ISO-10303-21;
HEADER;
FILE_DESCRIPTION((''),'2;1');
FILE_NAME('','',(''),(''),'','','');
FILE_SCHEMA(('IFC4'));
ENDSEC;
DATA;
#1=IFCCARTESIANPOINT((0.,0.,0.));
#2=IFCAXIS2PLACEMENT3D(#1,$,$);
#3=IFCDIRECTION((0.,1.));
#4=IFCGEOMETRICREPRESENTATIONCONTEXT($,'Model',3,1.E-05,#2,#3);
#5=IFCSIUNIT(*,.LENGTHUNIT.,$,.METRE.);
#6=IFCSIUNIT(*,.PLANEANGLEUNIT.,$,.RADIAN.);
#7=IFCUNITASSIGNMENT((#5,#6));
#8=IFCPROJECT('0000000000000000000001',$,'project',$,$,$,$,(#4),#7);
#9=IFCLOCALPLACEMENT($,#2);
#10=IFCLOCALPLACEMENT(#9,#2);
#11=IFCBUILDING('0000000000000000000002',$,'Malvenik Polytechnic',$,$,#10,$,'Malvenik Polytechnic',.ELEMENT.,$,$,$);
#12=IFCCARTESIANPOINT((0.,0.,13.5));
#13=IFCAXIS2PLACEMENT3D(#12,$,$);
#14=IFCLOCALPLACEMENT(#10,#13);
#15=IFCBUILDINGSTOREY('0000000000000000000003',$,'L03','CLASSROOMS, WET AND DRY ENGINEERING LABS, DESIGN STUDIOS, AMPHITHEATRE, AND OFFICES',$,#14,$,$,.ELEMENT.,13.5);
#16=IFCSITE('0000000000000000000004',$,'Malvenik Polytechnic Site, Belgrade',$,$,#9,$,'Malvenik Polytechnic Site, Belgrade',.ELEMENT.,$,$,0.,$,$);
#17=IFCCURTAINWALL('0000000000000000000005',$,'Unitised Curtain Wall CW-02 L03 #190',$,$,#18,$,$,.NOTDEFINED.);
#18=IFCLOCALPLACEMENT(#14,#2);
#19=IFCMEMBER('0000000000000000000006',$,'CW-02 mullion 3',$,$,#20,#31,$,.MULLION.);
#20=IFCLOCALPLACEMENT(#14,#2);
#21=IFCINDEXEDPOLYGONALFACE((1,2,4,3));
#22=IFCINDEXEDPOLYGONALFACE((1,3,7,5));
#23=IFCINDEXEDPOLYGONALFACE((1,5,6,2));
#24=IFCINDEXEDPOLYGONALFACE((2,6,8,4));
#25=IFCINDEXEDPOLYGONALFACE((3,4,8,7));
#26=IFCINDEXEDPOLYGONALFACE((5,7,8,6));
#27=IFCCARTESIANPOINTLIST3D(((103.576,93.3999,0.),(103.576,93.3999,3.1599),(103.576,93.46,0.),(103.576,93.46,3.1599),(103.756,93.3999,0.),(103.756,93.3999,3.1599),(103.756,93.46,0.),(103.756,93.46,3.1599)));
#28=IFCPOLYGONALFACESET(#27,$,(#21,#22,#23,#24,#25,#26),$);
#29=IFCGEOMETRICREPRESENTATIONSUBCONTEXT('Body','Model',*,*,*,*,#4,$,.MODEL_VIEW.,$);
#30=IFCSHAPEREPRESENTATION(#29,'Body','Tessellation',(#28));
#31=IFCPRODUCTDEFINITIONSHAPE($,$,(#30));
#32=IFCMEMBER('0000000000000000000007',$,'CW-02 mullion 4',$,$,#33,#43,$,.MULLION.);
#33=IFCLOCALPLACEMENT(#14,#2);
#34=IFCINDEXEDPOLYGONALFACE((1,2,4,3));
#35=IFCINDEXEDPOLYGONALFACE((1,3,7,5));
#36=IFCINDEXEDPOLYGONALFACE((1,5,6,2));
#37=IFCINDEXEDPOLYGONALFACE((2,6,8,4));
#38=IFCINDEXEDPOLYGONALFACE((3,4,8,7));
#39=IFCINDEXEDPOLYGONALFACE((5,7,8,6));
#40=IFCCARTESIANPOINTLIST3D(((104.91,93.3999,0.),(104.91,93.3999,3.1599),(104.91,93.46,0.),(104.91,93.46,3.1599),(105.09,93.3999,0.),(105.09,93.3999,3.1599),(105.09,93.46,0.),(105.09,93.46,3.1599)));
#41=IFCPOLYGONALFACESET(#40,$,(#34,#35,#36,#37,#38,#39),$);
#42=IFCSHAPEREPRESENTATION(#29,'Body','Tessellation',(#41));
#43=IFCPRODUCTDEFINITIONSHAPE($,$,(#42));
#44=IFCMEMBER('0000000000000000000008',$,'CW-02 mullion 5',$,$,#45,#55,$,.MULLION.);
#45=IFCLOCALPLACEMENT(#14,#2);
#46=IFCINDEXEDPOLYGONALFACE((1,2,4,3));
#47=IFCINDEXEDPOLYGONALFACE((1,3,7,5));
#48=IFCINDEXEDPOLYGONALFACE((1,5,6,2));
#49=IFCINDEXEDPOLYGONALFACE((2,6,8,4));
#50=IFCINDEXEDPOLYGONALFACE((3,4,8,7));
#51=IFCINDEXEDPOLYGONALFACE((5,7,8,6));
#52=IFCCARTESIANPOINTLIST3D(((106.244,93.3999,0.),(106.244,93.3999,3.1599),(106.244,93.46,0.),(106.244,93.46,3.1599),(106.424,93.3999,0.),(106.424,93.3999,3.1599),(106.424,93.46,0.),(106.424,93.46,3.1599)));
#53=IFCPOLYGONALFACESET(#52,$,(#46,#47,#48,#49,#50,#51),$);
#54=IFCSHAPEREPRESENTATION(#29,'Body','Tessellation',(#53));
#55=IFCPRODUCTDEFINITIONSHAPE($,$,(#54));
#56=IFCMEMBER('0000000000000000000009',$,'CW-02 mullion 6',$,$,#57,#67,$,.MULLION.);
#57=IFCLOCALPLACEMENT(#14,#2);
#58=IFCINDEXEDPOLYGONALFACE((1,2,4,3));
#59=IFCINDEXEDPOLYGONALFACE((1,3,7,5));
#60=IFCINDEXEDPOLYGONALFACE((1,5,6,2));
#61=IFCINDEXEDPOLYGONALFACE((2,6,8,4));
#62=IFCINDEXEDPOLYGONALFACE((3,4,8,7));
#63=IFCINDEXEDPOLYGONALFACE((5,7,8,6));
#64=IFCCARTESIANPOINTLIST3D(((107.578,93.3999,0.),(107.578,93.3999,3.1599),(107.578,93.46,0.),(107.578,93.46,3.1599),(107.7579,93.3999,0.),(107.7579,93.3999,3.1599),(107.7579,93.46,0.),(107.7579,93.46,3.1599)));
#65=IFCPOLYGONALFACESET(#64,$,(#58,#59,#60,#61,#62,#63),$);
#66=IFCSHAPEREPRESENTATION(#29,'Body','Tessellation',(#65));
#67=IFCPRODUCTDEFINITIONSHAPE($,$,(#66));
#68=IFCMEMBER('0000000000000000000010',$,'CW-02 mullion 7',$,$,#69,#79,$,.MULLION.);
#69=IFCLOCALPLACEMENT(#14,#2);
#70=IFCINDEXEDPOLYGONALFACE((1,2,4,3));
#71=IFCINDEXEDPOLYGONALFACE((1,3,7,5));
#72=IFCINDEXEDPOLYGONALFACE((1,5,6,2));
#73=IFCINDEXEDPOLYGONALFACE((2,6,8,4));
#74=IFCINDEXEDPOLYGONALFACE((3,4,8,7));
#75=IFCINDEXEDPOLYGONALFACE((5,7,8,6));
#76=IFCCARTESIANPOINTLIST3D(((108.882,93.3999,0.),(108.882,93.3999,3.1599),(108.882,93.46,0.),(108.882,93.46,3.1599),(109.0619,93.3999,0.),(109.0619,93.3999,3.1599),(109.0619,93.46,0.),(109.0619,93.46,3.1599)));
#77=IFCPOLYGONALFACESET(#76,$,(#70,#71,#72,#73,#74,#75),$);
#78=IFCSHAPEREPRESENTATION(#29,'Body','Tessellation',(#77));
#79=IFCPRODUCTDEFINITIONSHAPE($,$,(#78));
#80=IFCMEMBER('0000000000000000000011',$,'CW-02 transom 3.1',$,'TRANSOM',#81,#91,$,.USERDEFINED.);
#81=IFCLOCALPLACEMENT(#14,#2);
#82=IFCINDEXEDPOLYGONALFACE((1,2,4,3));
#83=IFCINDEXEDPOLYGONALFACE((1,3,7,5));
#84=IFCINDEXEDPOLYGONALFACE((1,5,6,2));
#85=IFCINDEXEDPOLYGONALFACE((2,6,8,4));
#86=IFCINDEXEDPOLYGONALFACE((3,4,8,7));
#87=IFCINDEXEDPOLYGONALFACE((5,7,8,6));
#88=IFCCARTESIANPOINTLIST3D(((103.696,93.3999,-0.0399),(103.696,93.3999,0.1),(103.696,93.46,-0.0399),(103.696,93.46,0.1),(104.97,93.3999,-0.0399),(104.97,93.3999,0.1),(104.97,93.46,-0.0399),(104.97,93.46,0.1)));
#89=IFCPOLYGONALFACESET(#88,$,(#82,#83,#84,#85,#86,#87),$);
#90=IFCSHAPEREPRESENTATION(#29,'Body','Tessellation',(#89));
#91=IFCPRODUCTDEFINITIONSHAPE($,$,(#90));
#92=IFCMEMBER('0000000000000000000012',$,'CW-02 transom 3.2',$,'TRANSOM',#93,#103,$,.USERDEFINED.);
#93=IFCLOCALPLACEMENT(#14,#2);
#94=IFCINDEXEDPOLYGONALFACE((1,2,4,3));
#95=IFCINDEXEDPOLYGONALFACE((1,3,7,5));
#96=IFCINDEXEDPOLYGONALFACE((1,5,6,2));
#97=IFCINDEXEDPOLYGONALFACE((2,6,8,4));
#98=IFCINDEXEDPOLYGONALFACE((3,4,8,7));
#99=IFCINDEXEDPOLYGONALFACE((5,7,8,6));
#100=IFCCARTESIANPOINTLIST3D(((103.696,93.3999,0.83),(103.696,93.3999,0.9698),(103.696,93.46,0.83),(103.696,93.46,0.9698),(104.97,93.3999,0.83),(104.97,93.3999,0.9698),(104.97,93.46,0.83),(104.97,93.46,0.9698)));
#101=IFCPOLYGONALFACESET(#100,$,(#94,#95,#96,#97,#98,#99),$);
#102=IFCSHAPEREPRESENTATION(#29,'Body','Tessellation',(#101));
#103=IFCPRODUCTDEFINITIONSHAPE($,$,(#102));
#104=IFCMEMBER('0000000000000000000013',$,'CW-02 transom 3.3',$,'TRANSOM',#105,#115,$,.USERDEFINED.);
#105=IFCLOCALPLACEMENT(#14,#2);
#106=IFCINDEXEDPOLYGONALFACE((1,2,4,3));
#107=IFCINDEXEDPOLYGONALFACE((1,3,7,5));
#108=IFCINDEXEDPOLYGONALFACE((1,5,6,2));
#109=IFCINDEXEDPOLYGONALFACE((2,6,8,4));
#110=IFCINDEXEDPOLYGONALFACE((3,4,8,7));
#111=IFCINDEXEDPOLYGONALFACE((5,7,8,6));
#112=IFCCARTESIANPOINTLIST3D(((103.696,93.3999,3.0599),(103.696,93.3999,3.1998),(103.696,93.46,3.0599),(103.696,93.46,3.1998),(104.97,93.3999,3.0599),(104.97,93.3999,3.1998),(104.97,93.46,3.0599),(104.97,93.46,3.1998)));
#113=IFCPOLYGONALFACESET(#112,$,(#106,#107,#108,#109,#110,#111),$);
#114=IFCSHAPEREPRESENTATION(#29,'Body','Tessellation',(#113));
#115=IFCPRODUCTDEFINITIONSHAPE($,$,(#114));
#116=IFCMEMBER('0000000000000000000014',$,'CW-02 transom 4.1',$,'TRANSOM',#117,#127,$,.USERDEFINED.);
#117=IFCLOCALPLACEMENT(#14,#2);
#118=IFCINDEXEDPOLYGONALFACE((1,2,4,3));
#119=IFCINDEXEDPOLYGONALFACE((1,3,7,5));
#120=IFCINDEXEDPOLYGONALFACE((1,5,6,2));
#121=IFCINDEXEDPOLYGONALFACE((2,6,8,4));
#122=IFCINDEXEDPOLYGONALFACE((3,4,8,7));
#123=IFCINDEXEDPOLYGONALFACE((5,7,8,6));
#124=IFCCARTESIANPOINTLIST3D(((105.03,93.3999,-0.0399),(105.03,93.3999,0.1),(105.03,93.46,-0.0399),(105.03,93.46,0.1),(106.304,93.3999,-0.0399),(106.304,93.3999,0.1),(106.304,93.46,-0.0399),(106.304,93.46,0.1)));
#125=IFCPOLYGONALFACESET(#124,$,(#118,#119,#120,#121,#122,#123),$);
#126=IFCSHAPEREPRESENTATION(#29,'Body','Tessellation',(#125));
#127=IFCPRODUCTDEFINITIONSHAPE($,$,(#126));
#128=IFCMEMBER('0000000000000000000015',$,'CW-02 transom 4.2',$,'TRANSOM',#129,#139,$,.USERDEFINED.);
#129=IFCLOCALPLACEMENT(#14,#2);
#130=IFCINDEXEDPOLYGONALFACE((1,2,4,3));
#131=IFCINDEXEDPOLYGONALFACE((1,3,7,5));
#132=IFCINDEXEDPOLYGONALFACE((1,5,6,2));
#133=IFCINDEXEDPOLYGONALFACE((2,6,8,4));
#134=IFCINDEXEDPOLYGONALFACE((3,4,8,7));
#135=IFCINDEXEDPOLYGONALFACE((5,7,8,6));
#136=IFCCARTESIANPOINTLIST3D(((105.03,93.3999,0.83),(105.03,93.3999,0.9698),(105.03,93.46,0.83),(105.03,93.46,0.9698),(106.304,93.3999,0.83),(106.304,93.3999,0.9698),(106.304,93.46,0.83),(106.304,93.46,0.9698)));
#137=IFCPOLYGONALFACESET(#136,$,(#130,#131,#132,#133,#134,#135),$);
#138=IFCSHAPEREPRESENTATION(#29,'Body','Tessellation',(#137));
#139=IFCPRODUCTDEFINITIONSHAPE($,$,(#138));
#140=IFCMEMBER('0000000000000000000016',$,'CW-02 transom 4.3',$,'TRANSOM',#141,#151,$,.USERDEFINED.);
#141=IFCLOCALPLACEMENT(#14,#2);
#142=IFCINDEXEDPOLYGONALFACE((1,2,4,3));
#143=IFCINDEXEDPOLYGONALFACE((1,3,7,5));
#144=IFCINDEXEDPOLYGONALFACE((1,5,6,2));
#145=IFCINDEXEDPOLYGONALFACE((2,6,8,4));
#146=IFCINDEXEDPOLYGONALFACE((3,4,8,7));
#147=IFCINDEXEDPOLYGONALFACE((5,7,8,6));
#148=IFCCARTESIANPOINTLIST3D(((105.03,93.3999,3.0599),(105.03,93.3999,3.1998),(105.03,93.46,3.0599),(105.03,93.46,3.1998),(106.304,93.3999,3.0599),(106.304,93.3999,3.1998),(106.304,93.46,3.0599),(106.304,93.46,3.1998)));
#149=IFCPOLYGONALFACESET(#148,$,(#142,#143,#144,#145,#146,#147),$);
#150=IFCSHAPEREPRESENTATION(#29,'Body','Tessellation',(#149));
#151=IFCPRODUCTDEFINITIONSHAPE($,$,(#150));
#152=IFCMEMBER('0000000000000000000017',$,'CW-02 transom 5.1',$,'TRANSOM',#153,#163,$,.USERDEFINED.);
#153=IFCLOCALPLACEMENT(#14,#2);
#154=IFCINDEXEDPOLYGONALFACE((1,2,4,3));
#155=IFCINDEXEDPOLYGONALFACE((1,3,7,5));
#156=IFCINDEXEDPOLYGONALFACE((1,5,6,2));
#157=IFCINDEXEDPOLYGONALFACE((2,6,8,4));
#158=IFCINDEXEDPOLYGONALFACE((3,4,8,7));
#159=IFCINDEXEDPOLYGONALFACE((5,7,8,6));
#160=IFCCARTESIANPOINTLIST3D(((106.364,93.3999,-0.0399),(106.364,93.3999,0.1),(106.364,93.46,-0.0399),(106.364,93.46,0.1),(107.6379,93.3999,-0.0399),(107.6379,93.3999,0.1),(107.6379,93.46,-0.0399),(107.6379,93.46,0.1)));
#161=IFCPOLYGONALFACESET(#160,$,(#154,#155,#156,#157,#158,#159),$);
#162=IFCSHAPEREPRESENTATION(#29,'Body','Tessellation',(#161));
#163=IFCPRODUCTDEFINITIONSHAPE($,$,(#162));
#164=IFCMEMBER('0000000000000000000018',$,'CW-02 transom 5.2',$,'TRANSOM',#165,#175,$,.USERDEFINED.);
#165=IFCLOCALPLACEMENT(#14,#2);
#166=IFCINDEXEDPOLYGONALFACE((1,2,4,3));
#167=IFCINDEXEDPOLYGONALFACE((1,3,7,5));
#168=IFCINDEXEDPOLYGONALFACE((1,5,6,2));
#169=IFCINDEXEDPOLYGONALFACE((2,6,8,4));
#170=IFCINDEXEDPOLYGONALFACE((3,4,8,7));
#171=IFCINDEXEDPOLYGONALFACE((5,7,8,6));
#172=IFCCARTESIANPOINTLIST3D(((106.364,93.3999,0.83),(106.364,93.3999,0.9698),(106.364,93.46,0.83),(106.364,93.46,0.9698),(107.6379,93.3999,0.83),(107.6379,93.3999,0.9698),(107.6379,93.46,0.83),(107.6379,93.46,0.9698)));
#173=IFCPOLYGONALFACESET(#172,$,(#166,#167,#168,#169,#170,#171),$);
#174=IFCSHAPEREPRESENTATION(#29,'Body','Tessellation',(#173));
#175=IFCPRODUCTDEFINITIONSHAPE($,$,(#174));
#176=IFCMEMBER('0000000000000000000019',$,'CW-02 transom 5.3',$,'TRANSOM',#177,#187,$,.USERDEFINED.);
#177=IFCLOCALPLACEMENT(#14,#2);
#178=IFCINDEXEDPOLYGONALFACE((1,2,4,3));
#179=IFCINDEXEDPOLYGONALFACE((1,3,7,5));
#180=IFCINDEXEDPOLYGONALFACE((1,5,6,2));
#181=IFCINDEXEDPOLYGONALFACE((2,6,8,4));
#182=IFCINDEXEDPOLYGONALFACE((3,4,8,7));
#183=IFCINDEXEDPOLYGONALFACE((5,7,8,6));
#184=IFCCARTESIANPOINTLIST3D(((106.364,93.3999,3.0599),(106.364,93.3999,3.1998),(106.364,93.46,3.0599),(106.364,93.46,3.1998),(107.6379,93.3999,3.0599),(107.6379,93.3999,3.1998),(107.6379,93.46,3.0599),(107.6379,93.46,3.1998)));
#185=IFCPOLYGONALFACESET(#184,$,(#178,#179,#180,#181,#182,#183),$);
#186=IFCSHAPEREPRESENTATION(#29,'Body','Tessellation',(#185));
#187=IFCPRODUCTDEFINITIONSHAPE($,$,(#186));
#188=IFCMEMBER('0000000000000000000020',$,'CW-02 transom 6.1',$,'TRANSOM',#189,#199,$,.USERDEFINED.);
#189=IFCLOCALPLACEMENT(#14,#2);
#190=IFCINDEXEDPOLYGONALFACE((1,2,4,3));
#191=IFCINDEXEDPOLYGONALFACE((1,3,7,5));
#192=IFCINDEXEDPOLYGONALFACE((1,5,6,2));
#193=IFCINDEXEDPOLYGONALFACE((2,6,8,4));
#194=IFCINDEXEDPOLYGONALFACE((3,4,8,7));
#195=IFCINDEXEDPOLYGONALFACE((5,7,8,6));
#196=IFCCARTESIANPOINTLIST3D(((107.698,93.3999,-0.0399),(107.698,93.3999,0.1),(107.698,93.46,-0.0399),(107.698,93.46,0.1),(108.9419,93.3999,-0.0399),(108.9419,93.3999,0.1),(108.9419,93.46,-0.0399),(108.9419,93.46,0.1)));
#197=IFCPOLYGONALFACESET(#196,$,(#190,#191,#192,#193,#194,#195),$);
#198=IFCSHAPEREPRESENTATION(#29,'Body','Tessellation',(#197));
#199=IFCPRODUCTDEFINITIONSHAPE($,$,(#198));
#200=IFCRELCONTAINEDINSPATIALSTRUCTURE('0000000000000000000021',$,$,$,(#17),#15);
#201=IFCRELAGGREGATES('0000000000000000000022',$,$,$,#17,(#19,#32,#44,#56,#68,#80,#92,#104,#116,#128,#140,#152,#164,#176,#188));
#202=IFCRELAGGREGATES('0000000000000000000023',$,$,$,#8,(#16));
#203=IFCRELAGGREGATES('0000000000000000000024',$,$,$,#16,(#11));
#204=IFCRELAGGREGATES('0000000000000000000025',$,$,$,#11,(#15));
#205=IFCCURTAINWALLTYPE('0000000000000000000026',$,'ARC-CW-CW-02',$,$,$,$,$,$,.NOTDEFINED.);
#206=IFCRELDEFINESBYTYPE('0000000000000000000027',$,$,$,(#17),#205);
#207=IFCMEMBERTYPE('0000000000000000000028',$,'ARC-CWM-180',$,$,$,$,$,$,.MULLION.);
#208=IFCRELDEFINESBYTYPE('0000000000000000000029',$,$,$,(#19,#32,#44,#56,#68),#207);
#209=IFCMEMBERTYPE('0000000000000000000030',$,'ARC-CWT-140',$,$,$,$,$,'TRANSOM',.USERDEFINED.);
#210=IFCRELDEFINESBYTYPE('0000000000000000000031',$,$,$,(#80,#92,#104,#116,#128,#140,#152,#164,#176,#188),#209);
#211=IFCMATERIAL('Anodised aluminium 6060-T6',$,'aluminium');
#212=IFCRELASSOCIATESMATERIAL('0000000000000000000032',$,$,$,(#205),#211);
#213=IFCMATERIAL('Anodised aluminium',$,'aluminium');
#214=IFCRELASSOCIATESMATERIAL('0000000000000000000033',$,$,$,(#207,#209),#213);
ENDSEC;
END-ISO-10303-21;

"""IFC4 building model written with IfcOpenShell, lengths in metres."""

from ifc_helpers import new_model, si_unit, direction, frame, origin, origin_2d, place, context, subcontext, project, spatial, rectangle, extrude, material, material_profile, profile_set, type_object, element, aggregate, save


model = new_model("IFC4")

# Units and contexts
model_context = context("Model", 3, precision=1e-05, world=origin(), true_north=direction((0.0, 1.0)))
body_context = subcontext(model_context, "Body", "Model", "MODEL_VIEW")
ifc_project = project(units=[si_unit("LENGTHUNIT", "METRE"), si_unit("PLANEANGLEUNIT", "RADIAN")], contexts=[model_context])

# Site, building, storey
site_placement = place(None, origin())
site = spatial("IfcSite", under=ifc_project, at=site_placement, Name="Malvenik Polytechnic Site, Belgrade", LongName="Malvenik Polytechnic Site, Belgrade", CompositionType="ELEMENT", RefElevation=0.0)
building_placement = place(site_placement, origin())
building = spatial("IfcBuilding", under=site, at=building_placement, Name="Malvenik Polytechnic", LongName="Malvenik Polytechnic", CompositionType="ELEMENT")
storey_placement = place(building_placement, frame((0.0, 0.0, 13.5)))
storey = spatial("IfcBuildingStorey", under=building, at=storey_placement, Name="L03", Description="CLASSROOMS, WET AND DRY ENGINEERING LABS, DESIGN STUDIOS, AMPHITHEATRE, AND OFFICES", CompositionType="ELEMENT", Elevation=13.5)

# Curtain wall, members
ifc_material_1 = material(Name="Anodised aluminium 6060-T6", Category="aluminium")
curtain_wall_type = type_object("IfcCurtainWallType", Name="ARC-CW-CW-02", PredefinedType="NOTDEFINED", material=ifc_material_1)
curtain_wall_placement = place(storey_placement, origin())
curtain_wall = element("IfcCurtainWall", 1, at=curtain_wall_placement, inside=storey, type_object=curtain_wall_type, Name="Unitised Curtain Wall CW-02 L03 #190", PredefinedType="NOTDEFINED")
ifc_material_2 = material(Name="Anodised aluminium", Category="aluminium")
ifc_material_profile_1 = material_profile(ifc_material_2, rectangle(XDim=0.0601, YDim=0.1799, at=origin_2d()), Name="ALU MULLION 60x180")
ifc_profile_set_1 = profile_set([ifc_material_profile_1], Name="Anodised aluminium")
member_type_1 = type_object("IfcMemberType", Name="ARC-CWM-180", PredefinedType="MULLION", material=ifc_profile_set_1)
member_1_placement = place(storey_placement, frame((103.666, 93.4299, 0.0), z_axis=(0.0, 0.0, 1.0), x_axis=(0.0, 1.0, 0.0)))
member_1 = element("IfcMember", 2, at=member_1_placement, type_object=member_type_1, Name="CW-02 mullion 3", PredefinedType="MULLION", context=body_context, shape_type="SweptSolid", body=[
    extrude(rectangle(XDim=0.0601, YDim=0.1799, at=origin_2d()), origin(), (0.0, 0.0, 1.0), 3.1599),
])
member_2_placement = place(storey_placement, frame((105.0, 93.4299, 0.0), z_axis=(0.0, 0.0, 1.0), x_axis=(0.0, 1.0, 0.0)))
member_2 = element("IfcMember", 3, at=member_2_placement, type_object=member_type_1, Name="CW-02 mullion 4", PredefinedType="MULLION", context=body_context, shape_type="SweptSolid", body=[
    extrude(rectangle(XDim=0.0601, YDim=0.1799, at=origin_2d()), origin(), (0.0, 0.0, 1.0), 3.1599),
])
member_3_placement = place(storey_placement, frame((106.334, 93.4299, 0.0), z_axis=(0.0, 0.0, 1.0), x_axis=(0.0, 1.0, 0.0)))
member_3 = element("IfcMember", 4, at=member_3_placement, type_object=member_type_1, Name="CW-02 mullion 5", PredefinedType="MULLION", context=body_context, shape_type="SweptSolid", body=[
    extrude(rectangle(XDim=0.0601, YDim=0.1799, at=origin_2d()), origin(), (0.0, 0.0, 1.0), 3.1599),
])
member_4_placement = place(storey_placement, frame((107.668, 93.4299, 0.0), z_axis=(0.0, 0.0, 1.0), x_axis=(0.0, 1.0, 0.0)))
member_4 = element("IfcMember", 5, at=member_4_placement, type_object=member_type_1, Name="CW-02 mullion 6", PredefinedType="MULLION", context=body_context, shape_type="SweptSolid", body=[
    extrude(rectangle(XDim=0.0601, YDim=0.1799, at=origin_2d()), origin(), (0.0, 0.0, 1.0), 3.1599),
])
member_5_placement = place(storey_placement, frame((108.9719, 93.4299, 0.0), z_axis=(0.0, 0.0, 1.0), x_axis=(0.0, 1.0, 0.0)))
member_5 = element("IfcMember", 6, at=member_5_placement, type_object=member_type_1, Name="CW-02 mullion 7", PredefinedType="MULLION", context=body_context, shape_type="SweptSolid", body=[
    extrude(rectangle(XDim=0.0601, YDim=0.1799, at=origin_2d()), origin(), (0.0, 0.0, 1.0), 3.1599),
])
ifc_material_profile_2 = material_profile(ifc_material_2, rectangle(XDim=0.0601, YDim=0.1399, at=origin_2d()), Name="ALU TRANSOM 60x140")
ifc_profile_set_2 = profile_set([ifc_material_profile_2], Name="Anodised aluminium")
member_type_2 = type_object("IfcMemberType", Name="ARC-CWT-140", ElementType="TRANSOM", PredefinedType="USERDEFINED", material=ifc_profile_set_2)
member_6_placement = place(storey_placement, frame((103.696, 93.4299, 0.03), z_axis=(1.0, 0.0, 0.0), x_axis=(0.0, 1.0, 0.0)))
member_6 = element("IfcMember", 7, at=member_6_placement, type_object=member_type_2, Name="CW-02 transom 3.1", ObjectType="TRANSOM", PredefinedType="USERDEFINED", context=body_context, shape_type="SweptSolid", body=[
    extrude(rectangle(XDim=0.0601, YDim=0.1399, at=origin_2d()), origin(), (0.0, 0.0, 1.0), 1.2739),
])
member_7_placement = place(storey_placement, frame((103.696, 93.4299, 0.8999), z_axis=(1.0, 0.0, 0.0), x_axis=(0.0, 1.0, 0.0)))
member_7 = element("IfcMember", 8, at=member_7_placement, type_object=member_type_2, Name="CW-02 transom 3.2", ObjectType="TRANSOM", PredefinedType="USERDEFINED", context=body_context, shape_type="SweptSolid", body=[
    extrude(rectangle(XDim=0.0601, YDim=0.1399, at=origin_2d()), origin(), (0.0, 0.0, 1.0), 1.2739),
])
member_8_placement = place(storey_placement, frame((103.696, 93.4299, 3.1299), z_axis=(1.0, 0.0, 0.0), x_axis=(0.0, 1.0, 0.0)))
member_8 = element("IfcMember", 9, at=member_8_placement, type_object=member_type_2, Name="CW-02 transom 3.3", ObjectType="TRANSOM", PredefinedType="USERDEFINED", context=body_context, shape_type="SweptSolid", body=[
    extrude(rectangle(XDim=0.0601, YDim=0.1399, at=origin_2d()), origin(), (0.0, 0.0, 1.0), 1.2739),
])
member_9_placement = place(storey_placement, frame((105.03, 93.4299, 0.03), z_axis=(1.0, 0.0, 0.0), x_axis=(0.0, 1.0, 0.0)))
member_9 = element("IfcMember", 10, at=member_9_placement, type_object=member_type_2, Name="CW-02 transom 4.1", ObjectType="TRANSOM", PredefinedType="USERDEFINED", context=body_context, shape_type="SweptSolid", body=[
    extrude(rectangle(XDim=0.0601, YDim=0.1399, at=origin_2d()), origin(), (0.0, 0.0, 1.0), 1.2739),
])
member_10_placement = place(storey_placement, frame((105.03, 93.4299, 0.8999), z_axis=(1.0, 0.0, 0.0), x_axis=(0.0, 1.0, 0.0)))
member_10 = element("IfcMember", 11, at=member_10_placement, type_object=member_type_2, Name="CW-02 transom 4.2", ObjectType="TRANSOM", PredefinedType="USERDEFINED", context=body_context, shape_type="SweptSolid", body=[
    extrude(rectangle(XDim=0.0601, YDim=0.1399, at=origin_2d()), origin(), (0.0, 0.0, 1.0), 1.2739),
])
member_11_placement = place(storey_placement, frame((105.03, 93.4299, 3.1299), z_axis=(1.0, 0.0, 0.0), x_axis=(0.0, 1.0, 0.0)))
member_11 = element("IfcMember", 12, at=member_11_placement, type_object=member_type_2, Name="CW-02 transom 4.3", ObjectType="TRANSOM", PredefinedType="USERDEFINED", context=body_context, shape_type="SweptSolid", body=[
    extrude(rectangle(XDim=0.0601, YDim=0.1399, at=origin_2d()), origin(), (0.0, 0.0, 1.0), 1.2739),
])
member_12_placement = place(storey_placement, frame((106.364, 93.4299, 0.03), z_axis=(1.0, 0.0, 0.0), x_axis=(0.0, 1.0, 0.0)))
member_12 = element("IfcMember", 13, at=member_12_placement, type_object=member_type_2, Name="CW-02 transom 5.1", ObjectType="TRANSOM", PredefinedType="USERDEFINED", context=body_context, shape_type="SweptSolid", body=[
    extrude(rectangle(XDim=0.0601, YDim=0.1399, at=origin_2d()), origin(), (0.0, 0.0, 1.0), 1.2739),
])
member_13_placement = place(storey_placement, frame((106.364, 93.4299, 0.8999), z_axis=(1.0, 0.0, 0.0), x_axis=(0.0, 1.0, 0.0)))
member_13 = element("IfcMember", 14, at=member_13_placement, type_object=member_type_2, Name="CW-02 transom 5.2", ObjectType="TRANSOM", PredefinedType="USERDEFINED", context=body_context, shape_type="SweptSolid", body=[
    extrude(rectangle(XDim=0.0601, YDim=0.1399, at=origin_2d()), origin(), (0.0, 0.0, 1.0), 1.2739),
])
member_14_placement = place(storey_placement, frame((106.364, 93.4299, 3.1299), z_axis=(1.0, 0.0, 0.0), x_axis=(0.0, 1.0, 0.0)))
member_14 = element("IfcMember", 15, at=member_14_placement, type_object=member_type_2, Name="CW-02 transom 5.3", ObjectType="TRANSOM", PredefinedType="USERDEFINED", context=body_context, shape_type="SweptSolid", body=[
    extrude(rectangle(XDim=0.0601, YDim=0.1399, at=origin_2d()), origin(), (0.0, 0.0, 1.0), 1.2739),
])
member_15_placement = place(storey_placement, frame((107.698, 93.4299, 0.03), z_axis=(1.0, 0.0, 0.0), x_axis=(0.0, 1.0, 0.0)))
member_15 = element("IfcMember", 16, at=member_15_placement, type_object=member_type_2, Name="CW-02 transom 6.1", ObjectType="TRANSOM", PredefinedType="USERDEFINED", context=body_context, shape_type="SweptSolid", body=[
    extrude(rectangle(XDim=0.0601, YDim=0.1399, at=origin_2d()), origin(), (0.0, 0.0, 1.0), 1.2439),
])
aggregate(curtain_wall, [member_1, member_2, member_3, member_4, member_5, member_6, member_7, member_8, member_9, member_10, member_11, member_12, member_13, member_14, member_15])

save(model, "model.ifc")
